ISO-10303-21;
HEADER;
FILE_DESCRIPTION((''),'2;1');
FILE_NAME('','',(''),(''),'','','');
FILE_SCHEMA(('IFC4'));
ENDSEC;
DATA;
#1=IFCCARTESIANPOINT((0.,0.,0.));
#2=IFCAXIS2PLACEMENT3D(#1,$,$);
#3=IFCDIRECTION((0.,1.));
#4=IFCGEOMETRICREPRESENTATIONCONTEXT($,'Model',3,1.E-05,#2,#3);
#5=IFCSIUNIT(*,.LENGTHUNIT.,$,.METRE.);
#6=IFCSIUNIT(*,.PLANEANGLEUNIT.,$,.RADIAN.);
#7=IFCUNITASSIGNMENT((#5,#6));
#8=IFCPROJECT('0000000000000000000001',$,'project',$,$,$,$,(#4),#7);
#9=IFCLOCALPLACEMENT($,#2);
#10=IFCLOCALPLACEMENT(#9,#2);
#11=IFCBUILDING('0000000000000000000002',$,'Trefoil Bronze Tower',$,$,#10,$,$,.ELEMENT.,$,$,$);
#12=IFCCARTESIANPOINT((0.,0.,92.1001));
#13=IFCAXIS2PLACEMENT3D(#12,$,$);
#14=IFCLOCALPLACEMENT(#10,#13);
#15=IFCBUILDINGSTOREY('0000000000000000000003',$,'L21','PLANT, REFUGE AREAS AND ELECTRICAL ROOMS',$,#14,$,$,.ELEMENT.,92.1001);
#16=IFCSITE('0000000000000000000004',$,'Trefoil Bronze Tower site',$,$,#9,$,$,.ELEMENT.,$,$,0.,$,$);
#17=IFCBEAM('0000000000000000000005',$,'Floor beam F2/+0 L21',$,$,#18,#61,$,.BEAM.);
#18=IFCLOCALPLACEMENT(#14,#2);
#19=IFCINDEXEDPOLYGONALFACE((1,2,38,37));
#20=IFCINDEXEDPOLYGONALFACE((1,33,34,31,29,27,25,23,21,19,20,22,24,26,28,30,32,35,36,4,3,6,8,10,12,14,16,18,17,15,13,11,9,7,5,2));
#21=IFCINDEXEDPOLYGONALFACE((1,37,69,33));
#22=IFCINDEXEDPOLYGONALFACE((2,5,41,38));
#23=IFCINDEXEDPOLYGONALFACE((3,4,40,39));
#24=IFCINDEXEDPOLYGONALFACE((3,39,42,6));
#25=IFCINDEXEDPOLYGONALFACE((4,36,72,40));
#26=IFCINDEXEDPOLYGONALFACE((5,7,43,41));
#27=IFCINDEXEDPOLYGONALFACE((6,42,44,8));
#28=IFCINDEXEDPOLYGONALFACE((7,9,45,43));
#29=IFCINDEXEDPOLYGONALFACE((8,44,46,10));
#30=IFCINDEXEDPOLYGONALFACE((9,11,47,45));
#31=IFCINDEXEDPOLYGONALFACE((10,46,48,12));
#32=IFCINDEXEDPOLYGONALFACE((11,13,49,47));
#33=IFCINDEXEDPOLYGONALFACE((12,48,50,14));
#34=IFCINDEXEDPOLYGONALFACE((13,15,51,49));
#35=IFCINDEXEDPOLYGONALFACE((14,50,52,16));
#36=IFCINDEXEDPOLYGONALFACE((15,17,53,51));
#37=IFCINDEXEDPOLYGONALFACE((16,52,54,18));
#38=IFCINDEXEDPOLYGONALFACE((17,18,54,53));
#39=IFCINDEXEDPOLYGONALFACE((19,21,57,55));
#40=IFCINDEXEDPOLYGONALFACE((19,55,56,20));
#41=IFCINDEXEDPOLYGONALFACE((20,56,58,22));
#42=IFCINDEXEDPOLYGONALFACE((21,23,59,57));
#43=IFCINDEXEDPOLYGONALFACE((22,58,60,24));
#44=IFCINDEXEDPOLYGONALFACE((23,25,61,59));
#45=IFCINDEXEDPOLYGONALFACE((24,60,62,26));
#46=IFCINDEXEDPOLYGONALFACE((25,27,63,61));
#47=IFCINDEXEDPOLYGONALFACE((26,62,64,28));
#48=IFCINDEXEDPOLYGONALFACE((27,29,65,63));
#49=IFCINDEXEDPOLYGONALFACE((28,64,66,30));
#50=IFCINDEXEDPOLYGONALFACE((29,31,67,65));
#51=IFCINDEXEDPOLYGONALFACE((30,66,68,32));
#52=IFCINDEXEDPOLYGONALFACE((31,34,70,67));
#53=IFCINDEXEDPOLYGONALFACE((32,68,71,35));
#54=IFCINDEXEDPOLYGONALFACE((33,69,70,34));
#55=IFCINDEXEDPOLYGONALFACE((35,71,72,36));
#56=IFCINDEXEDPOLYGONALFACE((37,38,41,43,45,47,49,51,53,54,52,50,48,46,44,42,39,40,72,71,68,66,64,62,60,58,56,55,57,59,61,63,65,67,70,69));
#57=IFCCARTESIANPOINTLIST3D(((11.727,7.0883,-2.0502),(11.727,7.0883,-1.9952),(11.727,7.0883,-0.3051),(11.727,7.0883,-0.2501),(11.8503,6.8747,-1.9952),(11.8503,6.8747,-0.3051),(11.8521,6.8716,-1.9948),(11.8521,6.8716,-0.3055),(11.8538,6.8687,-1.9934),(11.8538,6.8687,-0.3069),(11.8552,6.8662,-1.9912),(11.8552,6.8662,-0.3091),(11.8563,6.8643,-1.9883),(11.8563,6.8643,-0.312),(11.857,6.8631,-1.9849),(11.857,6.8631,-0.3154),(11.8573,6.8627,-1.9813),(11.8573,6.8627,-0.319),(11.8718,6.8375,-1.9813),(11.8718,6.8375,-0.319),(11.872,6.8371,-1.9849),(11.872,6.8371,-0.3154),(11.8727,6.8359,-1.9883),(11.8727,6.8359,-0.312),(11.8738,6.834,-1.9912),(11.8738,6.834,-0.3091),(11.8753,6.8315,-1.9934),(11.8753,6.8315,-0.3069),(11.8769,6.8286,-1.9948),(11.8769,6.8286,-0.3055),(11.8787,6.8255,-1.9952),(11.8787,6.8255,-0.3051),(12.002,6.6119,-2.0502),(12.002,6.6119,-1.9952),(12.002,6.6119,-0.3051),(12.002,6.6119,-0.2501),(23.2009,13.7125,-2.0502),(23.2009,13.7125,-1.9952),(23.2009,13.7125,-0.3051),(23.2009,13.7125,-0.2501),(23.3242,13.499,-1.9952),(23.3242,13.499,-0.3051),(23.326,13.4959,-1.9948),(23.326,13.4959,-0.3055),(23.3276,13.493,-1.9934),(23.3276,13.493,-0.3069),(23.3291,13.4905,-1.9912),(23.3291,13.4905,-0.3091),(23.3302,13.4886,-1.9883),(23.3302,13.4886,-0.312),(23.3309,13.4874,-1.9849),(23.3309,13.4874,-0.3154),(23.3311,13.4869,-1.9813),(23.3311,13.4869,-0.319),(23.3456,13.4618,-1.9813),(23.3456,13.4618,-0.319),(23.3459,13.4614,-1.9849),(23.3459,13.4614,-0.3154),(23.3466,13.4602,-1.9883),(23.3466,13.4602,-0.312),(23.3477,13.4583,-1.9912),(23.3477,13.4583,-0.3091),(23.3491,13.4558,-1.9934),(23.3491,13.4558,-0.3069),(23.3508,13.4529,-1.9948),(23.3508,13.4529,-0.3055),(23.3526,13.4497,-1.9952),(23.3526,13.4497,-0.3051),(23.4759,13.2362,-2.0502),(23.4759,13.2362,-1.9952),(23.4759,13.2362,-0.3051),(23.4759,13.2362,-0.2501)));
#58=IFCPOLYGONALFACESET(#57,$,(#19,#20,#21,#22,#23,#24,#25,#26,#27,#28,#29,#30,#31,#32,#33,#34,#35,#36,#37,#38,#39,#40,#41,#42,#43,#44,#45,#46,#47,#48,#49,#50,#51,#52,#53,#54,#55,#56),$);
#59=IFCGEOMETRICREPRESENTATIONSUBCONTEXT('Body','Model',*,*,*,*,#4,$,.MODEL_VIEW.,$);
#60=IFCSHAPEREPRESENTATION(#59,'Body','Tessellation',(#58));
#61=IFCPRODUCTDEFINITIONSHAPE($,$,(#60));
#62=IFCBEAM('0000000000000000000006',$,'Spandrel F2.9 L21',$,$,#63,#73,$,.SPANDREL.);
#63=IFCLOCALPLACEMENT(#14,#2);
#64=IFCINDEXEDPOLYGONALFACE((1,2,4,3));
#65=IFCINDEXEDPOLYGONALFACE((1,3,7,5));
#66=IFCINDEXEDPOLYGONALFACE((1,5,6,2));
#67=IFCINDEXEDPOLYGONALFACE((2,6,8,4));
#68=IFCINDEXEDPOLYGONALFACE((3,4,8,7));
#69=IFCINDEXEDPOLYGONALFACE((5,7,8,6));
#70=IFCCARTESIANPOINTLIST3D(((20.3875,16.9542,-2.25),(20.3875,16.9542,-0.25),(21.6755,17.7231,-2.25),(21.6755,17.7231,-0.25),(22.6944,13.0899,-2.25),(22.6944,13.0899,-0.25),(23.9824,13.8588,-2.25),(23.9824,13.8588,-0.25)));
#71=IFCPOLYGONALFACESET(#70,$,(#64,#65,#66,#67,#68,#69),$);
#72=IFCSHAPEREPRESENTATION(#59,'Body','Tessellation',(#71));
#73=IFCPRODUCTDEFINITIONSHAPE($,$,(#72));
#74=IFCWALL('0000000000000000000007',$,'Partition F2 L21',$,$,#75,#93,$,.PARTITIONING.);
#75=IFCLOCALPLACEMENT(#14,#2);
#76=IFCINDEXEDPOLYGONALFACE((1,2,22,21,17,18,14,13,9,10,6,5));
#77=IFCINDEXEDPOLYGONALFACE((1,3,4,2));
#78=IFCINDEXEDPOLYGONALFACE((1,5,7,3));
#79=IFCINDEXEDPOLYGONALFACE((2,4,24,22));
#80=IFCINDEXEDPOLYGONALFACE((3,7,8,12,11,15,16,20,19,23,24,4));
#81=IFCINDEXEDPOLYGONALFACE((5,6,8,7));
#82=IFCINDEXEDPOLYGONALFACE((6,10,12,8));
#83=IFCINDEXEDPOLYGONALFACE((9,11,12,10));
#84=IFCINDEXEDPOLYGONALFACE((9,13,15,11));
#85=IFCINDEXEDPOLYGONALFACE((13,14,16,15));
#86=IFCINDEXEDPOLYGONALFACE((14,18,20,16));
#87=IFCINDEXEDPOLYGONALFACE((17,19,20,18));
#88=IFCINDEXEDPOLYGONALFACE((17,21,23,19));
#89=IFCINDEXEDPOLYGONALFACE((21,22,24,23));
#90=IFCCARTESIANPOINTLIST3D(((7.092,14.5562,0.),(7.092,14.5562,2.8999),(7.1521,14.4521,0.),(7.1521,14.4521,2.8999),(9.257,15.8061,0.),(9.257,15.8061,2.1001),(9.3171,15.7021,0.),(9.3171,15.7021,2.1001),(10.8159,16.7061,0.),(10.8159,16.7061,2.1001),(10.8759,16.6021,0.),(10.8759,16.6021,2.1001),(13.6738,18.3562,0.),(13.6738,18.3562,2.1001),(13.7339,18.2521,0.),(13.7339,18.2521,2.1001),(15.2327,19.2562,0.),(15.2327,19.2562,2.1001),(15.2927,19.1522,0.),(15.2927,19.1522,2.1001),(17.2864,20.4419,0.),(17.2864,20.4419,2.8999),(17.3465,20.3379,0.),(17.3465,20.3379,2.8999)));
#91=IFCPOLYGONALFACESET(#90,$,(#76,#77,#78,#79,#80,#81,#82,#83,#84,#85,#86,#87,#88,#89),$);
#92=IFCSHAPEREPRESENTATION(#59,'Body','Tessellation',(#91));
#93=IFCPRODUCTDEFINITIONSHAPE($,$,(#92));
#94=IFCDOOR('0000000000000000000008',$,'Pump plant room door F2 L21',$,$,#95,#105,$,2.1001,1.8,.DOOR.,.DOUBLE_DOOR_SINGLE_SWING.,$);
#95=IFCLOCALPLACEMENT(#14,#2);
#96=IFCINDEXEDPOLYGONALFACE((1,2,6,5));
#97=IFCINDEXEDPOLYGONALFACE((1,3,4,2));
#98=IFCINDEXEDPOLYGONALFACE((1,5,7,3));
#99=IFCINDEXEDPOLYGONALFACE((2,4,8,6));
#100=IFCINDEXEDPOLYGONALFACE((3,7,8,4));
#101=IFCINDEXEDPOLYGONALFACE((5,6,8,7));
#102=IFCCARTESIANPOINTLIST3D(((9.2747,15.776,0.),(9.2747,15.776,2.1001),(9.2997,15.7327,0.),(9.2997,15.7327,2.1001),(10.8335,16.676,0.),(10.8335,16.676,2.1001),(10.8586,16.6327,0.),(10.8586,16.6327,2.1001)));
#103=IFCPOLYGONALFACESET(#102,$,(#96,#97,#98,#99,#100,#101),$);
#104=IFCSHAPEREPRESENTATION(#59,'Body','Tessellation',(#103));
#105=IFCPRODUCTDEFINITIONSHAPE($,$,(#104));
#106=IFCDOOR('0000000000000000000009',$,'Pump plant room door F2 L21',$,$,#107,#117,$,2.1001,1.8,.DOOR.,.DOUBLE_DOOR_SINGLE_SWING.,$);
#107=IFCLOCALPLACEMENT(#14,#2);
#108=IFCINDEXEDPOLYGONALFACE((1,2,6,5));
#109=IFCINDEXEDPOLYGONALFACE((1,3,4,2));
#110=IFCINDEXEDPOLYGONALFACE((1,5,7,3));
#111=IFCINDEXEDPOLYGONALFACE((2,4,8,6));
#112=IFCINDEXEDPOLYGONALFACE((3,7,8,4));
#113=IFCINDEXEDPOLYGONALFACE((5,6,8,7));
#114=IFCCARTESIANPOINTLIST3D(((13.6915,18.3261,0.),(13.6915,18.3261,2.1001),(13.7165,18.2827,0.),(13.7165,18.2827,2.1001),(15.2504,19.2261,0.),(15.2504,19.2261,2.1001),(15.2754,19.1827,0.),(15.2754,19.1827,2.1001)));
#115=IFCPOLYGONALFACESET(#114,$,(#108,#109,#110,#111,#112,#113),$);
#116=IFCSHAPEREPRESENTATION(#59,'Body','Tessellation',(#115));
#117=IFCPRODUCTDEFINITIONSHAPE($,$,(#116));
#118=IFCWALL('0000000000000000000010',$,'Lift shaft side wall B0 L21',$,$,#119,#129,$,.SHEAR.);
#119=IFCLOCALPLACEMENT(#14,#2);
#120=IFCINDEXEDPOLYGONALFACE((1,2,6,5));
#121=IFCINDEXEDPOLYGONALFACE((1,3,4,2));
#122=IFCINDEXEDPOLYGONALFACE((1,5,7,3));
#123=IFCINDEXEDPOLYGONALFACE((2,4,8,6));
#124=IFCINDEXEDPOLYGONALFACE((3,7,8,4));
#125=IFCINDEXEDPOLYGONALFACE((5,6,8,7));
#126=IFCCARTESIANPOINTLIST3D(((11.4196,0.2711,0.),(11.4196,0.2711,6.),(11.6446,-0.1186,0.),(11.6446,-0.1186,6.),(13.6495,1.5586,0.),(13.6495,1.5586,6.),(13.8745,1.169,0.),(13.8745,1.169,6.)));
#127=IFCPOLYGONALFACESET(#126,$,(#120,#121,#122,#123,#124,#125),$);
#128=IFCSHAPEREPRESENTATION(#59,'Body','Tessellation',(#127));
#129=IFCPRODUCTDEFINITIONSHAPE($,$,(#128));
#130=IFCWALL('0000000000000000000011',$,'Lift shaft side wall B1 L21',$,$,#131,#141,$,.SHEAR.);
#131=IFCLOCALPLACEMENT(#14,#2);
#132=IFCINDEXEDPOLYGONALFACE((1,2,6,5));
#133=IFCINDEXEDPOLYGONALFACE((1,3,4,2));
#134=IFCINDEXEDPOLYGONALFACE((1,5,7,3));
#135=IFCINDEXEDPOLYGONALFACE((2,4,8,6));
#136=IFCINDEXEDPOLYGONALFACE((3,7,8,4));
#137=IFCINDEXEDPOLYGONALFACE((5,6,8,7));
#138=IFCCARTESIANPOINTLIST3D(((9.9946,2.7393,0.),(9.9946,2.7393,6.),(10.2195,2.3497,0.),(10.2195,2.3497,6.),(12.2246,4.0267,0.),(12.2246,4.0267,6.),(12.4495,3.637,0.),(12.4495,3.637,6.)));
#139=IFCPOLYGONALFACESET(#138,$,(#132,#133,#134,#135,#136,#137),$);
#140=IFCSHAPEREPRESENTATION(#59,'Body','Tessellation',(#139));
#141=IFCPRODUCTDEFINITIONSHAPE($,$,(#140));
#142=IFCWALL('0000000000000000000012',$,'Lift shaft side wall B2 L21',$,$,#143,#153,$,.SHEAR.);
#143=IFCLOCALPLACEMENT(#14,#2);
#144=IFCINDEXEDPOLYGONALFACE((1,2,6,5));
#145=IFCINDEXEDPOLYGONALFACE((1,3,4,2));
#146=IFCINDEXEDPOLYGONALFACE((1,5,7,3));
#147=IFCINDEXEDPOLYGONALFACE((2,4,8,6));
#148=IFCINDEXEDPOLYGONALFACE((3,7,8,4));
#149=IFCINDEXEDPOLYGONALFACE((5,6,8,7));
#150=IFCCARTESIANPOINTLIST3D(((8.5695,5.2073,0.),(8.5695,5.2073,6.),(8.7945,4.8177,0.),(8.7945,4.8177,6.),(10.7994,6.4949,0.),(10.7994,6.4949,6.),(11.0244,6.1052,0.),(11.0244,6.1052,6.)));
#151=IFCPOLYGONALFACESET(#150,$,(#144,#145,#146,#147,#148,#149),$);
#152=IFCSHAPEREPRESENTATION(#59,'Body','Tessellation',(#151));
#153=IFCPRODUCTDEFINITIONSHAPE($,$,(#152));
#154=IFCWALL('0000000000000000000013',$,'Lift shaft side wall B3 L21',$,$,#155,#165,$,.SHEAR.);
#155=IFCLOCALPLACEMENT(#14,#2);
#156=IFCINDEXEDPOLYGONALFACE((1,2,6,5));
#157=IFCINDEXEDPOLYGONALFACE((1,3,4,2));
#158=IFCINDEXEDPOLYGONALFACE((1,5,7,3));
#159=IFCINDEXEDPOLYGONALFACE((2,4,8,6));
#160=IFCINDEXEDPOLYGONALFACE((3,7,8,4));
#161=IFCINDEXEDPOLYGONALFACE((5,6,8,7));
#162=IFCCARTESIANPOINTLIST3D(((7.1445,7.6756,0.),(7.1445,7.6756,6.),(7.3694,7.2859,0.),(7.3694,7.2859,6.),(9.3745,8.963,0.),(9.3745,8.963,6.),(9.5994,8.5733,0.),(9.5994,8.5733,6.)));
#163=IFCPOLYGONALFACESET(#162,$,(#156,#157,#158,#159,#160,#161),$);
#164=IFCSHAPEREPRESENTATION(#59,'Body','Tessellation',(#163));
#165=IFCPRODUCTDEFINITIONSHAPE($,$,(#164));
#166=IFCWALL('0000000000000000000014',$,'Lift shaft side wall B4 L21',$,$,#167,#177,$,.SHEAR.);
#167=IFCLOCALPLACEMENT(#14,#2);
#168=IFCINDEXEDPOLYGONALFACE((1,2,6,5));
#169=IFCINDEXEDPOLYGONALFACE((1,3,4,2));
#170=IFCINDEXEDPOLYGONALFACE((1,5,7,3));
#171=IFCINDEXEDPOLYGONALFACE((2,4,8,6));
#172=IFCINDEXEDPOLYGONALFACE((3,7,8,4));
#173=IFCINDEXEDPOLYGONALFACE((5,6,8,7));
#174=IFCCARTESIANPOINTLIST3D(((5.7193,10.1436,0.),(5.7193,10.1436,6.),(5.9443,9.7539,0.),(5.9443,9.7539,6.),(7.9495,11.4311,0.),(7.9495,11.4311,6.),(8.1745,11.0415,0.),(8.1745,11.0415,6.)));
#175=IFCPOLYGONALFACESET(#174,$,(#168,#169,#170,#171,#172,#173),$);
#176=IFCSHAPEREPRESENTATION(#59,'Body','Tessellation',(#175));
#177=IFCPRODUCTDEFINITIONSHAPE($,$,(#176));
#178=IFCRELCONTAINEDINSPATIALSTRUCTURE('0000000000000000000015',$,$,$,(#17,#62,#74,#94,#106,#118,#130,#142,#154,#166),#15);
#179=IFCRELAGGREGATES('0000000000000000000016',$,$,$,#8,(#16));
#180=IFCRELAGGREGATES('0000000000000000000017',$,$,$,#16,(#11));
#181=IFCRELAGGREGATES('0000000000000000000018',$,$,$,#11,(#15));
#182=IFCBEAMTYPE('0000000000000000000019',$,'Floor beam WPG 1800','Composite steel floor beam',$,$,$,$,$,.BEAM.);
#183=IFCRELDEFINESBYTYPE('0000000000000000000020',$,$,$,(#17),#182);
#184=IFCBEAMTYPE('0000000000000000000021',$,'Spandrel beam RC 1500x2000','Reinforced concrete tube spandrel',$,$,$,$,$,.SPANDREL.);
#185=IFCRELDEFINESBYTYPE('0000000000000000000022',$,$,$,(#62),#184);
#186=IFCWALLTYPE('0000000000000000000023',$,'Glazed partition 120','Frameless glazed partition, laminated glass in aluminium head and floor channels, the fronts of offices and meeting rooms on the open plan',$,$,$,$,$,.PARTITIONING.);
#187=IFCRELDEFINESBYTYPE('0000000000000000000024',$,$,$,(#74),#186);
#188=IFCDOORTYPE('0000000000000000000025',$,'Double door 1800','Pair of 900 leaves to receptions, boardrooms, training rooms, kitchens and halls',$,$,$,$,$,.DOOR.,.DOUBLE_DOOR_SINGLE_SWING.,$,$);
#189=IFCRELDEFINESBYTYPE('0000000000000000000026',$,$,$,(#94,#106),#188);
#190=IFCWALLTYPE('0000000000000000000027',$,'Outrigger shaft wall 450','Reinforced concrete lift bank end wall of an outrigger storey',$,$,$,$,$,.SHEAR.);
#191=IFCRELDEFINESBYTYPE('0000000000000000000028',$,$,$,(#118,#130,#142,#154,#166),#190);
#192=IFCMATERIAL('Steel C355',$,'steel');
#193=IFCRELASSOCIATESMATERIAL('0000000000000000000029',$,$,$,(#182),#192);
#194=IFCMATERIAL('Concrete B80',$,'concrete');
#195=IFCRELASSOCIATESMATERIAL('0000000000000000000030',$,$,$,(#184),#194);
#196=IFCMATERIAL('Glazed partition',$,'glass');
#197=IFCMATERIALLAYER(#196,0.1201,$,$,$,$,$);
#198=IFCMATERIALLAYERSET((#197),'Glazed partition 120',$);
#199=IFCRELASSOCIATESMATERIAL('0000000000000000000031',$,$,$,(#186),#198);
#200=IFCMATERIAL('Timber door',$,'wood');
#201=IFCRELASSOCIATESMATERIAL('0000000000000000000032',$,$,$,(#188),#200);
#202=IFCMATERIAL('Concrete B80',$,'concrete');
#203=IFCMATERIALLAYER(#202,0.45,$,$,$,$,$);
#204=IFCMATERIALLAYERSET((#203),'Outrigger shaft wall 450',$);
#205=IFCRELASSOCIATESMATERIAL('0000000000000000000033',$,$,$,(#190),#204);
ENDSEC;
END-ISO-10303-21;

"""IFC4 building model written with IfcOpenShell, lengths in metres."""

from ifc_helpers import new_model, si_unit, direction, frame, frame_2d, origin, origin_2d, place, context, subcontext, project, spatial, rectangle, i_section, extrude, material, layer, layer_set, material_profile, profile_set, type_object, element, fill, save


model = new_model("IFC4")

# Units and contexts
model_context = context("Model", 3, precision=1e-05, world=origin(), true_north=direction((0.0, 1.0)))
body_context = subcontext(model_context, "Body", "Model", "MODEL_VIEW")
ifc_project = project(units=[si_unit("LENGTHUNIT", "METRE"), si_unit("PLANEANGLEUNIT", "RADIAN")], contexts=[model_context])

# Site, building, storey
site_placement = place(None, origin())
site = spatial("IfcSite", under=ifc_project, at=site_placement, Name="Trefoil Bronze Tower site", CompositionType="ELEMENT", RefElevation=0.0)
building_placement = place(site_placement, origin())
building = spatial("IfcBuilding", under=site, at=building_placement, Name="Trefoil Bronze Tower", CompositionType="ELEMENT")
storey_placement = place(building_placement, frame((0.0, 0.0, 92.1001)))
storey = spatial("IfcBuildingStorey", under=building, at=storey_placement, Name="L21", Description="PLANT, REFUGE AREAS AND ELECTRICAL ROOMS", CompositionType="ELEMENT", Elevation=92.1001)

# Beams
ifc_material_1 = material(Name="Steel C355", Category="steel")
ifc_material_profile_1 = material_profile(ifc_material_1, i_section(OverallWidth=0.55, OverallDepth=1.8, WebThickness=0.0291, FlangeThickness=0.0549, FilletRadius=0.0139, at=origin_2d()), Name="WPG 1800")
ifc_profile_set_1 = profile_set([ifc_material_profile_1], Name="Steel C355")
beam_type_1 = type_object("IfcBeamType", Name="Floor beam WPG 1800", Description="Composite steel floor beam", PredefinedType="BEAM", material=ifc_profile_set_1)
beam_1_placement = place(storey_placement, frame((23.3384, 13.4744, -1.1501), z_axis=(-0.866031, -0.49999, 0.0), x_axis=(0.49999, -0.866031, 0.0)))
element("IfcBeam", 1, at=beam_1_placement, inside=storey, type_object=beam_type_1, Name="Floor beam F2/+0 L21", PredefinedType="BEAM", context=body_context, shape_type="SweptSolid", body=[
    extrude(i_section(OverallWidth=0.55, OverallDepth=1.8, WebThickness=0.0291, FlangeThickness=0.0549, FilletRadius=0.0139, at=origin_2d()), origin(), (0.0, 0.0, 1.0), 13.2488),
])
ifc_material_2 = material(Name="Concrete B80", Category="concrete")
ifc_material_profile_2 = material_profile(ifc_material_2, rectangle(XDim=1.5, YDim=2.0, at=origin_2d()), Name="RC 1500x2000")
ifc_profile_set_2 = profile_set([ifc_material_profile_2], Name="Concrete B80")
beam_type_2 = type_object("IfcBeamType", Name="Spandrel beam RC 1500x2000", Description="Reinforced concrete tube spandrel", PredefinedType="SPANDREL", material=ifc_profile_set_2)
beam_2_placement = place(storey_placement, frame((23.3384, 13.4744, -1.25), z_axis=(-0.512588, 0.858635, 0.0), x_axis=(-0.858635, -0.512588, 0.0)))
element("IfcBeam", 2, at=beam_2_placement, inside=storey, type_object=beam_type_2, Name="Spandrel F2.9 L21", PredefinedType="SPANDREL", context=body_context, shape_type="SweptSolid", body=[
    extrude(rectangle(XDim=1.5, YDim=2.0, at=origin_2d()), origin(), (0.0, 0.0, 1.0), 4.5005),
])

# Wall, openings, doors
ifc_material_3 = material(Name="Glazed partition", Category="glass")
ifc_layer_1 = layer(ifc_material_3, 0.1201)
ifc_layer_set_1 = layer_set([ifc_layer_1], Name="Glazed partition 120")
wall_type_1 = type_object("IfcWallType", Name="Glazed partition 120", Description="Frameless glazed partition, laminated glass in aluminium head and floor channels, the fronts of offices and meeting rooms on the open plan", PredefinedType="PARTITIONING", material=ifc_layer_set_1)
wall_1_placement = place(storey_placement, frame((7.1221, 14.5042, 0.0), z_axis=(0.0, 0.0, 1.0), x_axis=(0.866024, 0.500003, 0.0)))
wall_1 = element("IfcWall", 3, at=wall_1_placement, inside=storey, type_object=wall_type_1, Name="Partition F2 L21", PredefinedType="PARTITIONING", context=body_context, shape_type="SweptSolid", body=[
    extrude(rectangle(XDim=11.7715, YDim=0.1201, at=frame_2d((5.8857, 0.0))), origin(), (0.0, 0.0, 1.0), 2.8999),
])
opening_1_placement = place(wall_1_placement, frame((2.5, 0.0, 0.0)))
opening_1 = element("IfcOpeningElement", 4, at=opening_1_placement, cuts=wall_1, PredefinedType="OPENING", context=body_context, shape_type="SweptSolid", body=[
    extrude(rectangle(XDim=1.8, YDim=2.1001, at=frame_2d((0.8999, 1.05))), frame((0.0, 0.0701, 0.0), z_axis=(0.0, -1.0, 0.0), x_axis=(1.0, 0.0, 0.0)), (0.0, 0.0, 1.0), 0.1401),
])
opening_2_placement = place(wall_1_placement, frame((7.6001, 0.0, 0.0)))
opening_2 = element("IfcOpeningElement", 5, at=opening_2_placement, cuts=wall_1, PredefinedType="OPENING", context=body_context, shape_type="SweptSolid", body=[
    extrude(rectangle(XDim=1.8, YDim=2.1001, at=frame_2d((0.8999, 1.05))), frame((0.0, 0.0701, 0.0), z_axis=(0.0, -1.0, 0.0), x_axis=(1.0, 0.0, 0.0)), (0.0, 0.0, 1.0), 0.1401),
])
ifc_material_4 = material(Name="Timber door", Category="wood")
door_type = type_object("IfcDoorType", Name="Double door 1800", Description="Pair of 900 leaves to receptions, boardrooms, training rooms, kitchens and halls", OperationType="DOUBLE_DOOR_SINGLE_SWING", PredefinedType="DOOR", material=ifc_material_4)
door_1_placement = place(opening_1_placement, frame((1.8, 0.0, 0.0), z_axis=(0.0, 0.0, 1.0), x_axis=(-1.0, 0.0, 0.0)))
door_1 = element("IfcDoor", 6, at=door_1_placement, inside=storey, type_object=door_type, Name="Pump plant room door F2 L21", OperationType="DOUBLE_DOOR_SINGLE_SWING", OverallHeight=2.1001, OverallWidth=1.8, PredefinedType="DOOR", context=body_context, shape_type="SweptSolid", body=[
    extrude(rectangle(XDim=1.8, YDim=2.1001, at=frame_2d((0.8999, 1.05))), frame((0.0, 0.0249, 0.0), z_axis=(0.0, -1.0, 0.0), x_axis=(1.0, 0.0, 0.0)), (0.0, 0.0, 1.0), 0.05),
])
fill(opening_1, door_1)
door_2_placement = place(opening_2_placement, frame((1.8, 0.0, 0.0), z_axis=(0.0, 0.0, 1.0), x_axis=(-1.0, 0.0, 0.0)))
door_2 = element("IfcDoor", 7, at=door_2_placement, inside=storey, type_object=door_type, Name="Pump plant room door F2 L21", OperationType="DOUBLE_DOOR_SINGLE_SWING", OverallHeight=2.1001, OverallWidth=1.8, PredefinedType="DOOR", context=body_context, shape_type="SweptSolid", body=[
    extrude(rectangle(XDim=1.8, YDim=2.1001, at=frame_2d((0.8999, 1.05))), frame((0.0, 0.0249, 0.0), z_axis=(0.0, -1.0, 0.0), x_axis=(1.0, 0.0, 0.0)), (0.0, 0.0, 1.0), 0.05),
])
fill(opening_2, door_2)

# Walls
ifc_material_5 = material(Name="Concrete B80", Category="concrete")
ifc_layer_2 = layer(ifc_material_5, 0.45)
ifc_layer_set_2 = layer_set([ifc_layer_2], Name="Outrigger shaft wall 450")
wall_type_2 = type_object("IfcWallType", Name="Outrigger shaft wall 450", Description="Reinforced concrete lift bank end wall of an outrigger storey", PredefinedType="SHEAR", material=ifc_layer_set_2)
for number, where, z_axis, x_axis, name in (
    (8, (11.532, 0.0762, 0.0), (0.0, 0.0, 1.0), (0.866006, 0.500034, 0.0), "Lift shaft side wall B0 L21"),
    (9, (10.1069, 2.5444, 0.0), (0.0, 0.0, 1.0), (0.866047, 0.499963, 0.0), "Lift shaft side wall B1 L21"),
    (10, (8.6819, 5.0125, 0.0), (0.0, 0.0, 1.0), (0.866006, 0.500034, 0.0), "Lift shaft side wall B2 L21"),
    (11, (7.2568, 7.4807, 0.0), (0.0, 0.0, 1.0), (0.866047, 0.499963, 0.0), "Lift shaft side wall B3 L21"),
):
    element("IfcWall", number, at=place(storey_placement, frame(where, z_axis=z_axis, x_axis=x_axis)), inside=storey, type_object=wall_type_2, Name=name, PredefinedType="SHEAR", context=body_context, shape_type="SweptSolid", body=[
        extrude(rectangle(XDim=2.575, YDim=0.45, at=frame_2d((1.2876, 0.0))), origin(), (0.0, 0.0, 1.0), 6.0),
    ])
wall_2_placement = place(storey_placement, frame((5.8318, 9.9487, 0.0), z_axis=(0.0, 0.0, 1.0), x_axis=(0.866029, 0.499993, 0.0)))
element("IfcWall", 12, at=wall_2_placement, inside=storey, type_object=wall_type_2, Name="Lift shaft side wall B4 L21", PredefinedType="SHEAR", context=body_context, shape_type="SweptSolid", body=[
    extrude(rectangle(XDim=2.5752, YDim=0.45, at=frame_2d((1.2876, 0.0))), origin(), (0.0, 0.0, 1.0), 6.0),
])

save(model, "model.ifc")
